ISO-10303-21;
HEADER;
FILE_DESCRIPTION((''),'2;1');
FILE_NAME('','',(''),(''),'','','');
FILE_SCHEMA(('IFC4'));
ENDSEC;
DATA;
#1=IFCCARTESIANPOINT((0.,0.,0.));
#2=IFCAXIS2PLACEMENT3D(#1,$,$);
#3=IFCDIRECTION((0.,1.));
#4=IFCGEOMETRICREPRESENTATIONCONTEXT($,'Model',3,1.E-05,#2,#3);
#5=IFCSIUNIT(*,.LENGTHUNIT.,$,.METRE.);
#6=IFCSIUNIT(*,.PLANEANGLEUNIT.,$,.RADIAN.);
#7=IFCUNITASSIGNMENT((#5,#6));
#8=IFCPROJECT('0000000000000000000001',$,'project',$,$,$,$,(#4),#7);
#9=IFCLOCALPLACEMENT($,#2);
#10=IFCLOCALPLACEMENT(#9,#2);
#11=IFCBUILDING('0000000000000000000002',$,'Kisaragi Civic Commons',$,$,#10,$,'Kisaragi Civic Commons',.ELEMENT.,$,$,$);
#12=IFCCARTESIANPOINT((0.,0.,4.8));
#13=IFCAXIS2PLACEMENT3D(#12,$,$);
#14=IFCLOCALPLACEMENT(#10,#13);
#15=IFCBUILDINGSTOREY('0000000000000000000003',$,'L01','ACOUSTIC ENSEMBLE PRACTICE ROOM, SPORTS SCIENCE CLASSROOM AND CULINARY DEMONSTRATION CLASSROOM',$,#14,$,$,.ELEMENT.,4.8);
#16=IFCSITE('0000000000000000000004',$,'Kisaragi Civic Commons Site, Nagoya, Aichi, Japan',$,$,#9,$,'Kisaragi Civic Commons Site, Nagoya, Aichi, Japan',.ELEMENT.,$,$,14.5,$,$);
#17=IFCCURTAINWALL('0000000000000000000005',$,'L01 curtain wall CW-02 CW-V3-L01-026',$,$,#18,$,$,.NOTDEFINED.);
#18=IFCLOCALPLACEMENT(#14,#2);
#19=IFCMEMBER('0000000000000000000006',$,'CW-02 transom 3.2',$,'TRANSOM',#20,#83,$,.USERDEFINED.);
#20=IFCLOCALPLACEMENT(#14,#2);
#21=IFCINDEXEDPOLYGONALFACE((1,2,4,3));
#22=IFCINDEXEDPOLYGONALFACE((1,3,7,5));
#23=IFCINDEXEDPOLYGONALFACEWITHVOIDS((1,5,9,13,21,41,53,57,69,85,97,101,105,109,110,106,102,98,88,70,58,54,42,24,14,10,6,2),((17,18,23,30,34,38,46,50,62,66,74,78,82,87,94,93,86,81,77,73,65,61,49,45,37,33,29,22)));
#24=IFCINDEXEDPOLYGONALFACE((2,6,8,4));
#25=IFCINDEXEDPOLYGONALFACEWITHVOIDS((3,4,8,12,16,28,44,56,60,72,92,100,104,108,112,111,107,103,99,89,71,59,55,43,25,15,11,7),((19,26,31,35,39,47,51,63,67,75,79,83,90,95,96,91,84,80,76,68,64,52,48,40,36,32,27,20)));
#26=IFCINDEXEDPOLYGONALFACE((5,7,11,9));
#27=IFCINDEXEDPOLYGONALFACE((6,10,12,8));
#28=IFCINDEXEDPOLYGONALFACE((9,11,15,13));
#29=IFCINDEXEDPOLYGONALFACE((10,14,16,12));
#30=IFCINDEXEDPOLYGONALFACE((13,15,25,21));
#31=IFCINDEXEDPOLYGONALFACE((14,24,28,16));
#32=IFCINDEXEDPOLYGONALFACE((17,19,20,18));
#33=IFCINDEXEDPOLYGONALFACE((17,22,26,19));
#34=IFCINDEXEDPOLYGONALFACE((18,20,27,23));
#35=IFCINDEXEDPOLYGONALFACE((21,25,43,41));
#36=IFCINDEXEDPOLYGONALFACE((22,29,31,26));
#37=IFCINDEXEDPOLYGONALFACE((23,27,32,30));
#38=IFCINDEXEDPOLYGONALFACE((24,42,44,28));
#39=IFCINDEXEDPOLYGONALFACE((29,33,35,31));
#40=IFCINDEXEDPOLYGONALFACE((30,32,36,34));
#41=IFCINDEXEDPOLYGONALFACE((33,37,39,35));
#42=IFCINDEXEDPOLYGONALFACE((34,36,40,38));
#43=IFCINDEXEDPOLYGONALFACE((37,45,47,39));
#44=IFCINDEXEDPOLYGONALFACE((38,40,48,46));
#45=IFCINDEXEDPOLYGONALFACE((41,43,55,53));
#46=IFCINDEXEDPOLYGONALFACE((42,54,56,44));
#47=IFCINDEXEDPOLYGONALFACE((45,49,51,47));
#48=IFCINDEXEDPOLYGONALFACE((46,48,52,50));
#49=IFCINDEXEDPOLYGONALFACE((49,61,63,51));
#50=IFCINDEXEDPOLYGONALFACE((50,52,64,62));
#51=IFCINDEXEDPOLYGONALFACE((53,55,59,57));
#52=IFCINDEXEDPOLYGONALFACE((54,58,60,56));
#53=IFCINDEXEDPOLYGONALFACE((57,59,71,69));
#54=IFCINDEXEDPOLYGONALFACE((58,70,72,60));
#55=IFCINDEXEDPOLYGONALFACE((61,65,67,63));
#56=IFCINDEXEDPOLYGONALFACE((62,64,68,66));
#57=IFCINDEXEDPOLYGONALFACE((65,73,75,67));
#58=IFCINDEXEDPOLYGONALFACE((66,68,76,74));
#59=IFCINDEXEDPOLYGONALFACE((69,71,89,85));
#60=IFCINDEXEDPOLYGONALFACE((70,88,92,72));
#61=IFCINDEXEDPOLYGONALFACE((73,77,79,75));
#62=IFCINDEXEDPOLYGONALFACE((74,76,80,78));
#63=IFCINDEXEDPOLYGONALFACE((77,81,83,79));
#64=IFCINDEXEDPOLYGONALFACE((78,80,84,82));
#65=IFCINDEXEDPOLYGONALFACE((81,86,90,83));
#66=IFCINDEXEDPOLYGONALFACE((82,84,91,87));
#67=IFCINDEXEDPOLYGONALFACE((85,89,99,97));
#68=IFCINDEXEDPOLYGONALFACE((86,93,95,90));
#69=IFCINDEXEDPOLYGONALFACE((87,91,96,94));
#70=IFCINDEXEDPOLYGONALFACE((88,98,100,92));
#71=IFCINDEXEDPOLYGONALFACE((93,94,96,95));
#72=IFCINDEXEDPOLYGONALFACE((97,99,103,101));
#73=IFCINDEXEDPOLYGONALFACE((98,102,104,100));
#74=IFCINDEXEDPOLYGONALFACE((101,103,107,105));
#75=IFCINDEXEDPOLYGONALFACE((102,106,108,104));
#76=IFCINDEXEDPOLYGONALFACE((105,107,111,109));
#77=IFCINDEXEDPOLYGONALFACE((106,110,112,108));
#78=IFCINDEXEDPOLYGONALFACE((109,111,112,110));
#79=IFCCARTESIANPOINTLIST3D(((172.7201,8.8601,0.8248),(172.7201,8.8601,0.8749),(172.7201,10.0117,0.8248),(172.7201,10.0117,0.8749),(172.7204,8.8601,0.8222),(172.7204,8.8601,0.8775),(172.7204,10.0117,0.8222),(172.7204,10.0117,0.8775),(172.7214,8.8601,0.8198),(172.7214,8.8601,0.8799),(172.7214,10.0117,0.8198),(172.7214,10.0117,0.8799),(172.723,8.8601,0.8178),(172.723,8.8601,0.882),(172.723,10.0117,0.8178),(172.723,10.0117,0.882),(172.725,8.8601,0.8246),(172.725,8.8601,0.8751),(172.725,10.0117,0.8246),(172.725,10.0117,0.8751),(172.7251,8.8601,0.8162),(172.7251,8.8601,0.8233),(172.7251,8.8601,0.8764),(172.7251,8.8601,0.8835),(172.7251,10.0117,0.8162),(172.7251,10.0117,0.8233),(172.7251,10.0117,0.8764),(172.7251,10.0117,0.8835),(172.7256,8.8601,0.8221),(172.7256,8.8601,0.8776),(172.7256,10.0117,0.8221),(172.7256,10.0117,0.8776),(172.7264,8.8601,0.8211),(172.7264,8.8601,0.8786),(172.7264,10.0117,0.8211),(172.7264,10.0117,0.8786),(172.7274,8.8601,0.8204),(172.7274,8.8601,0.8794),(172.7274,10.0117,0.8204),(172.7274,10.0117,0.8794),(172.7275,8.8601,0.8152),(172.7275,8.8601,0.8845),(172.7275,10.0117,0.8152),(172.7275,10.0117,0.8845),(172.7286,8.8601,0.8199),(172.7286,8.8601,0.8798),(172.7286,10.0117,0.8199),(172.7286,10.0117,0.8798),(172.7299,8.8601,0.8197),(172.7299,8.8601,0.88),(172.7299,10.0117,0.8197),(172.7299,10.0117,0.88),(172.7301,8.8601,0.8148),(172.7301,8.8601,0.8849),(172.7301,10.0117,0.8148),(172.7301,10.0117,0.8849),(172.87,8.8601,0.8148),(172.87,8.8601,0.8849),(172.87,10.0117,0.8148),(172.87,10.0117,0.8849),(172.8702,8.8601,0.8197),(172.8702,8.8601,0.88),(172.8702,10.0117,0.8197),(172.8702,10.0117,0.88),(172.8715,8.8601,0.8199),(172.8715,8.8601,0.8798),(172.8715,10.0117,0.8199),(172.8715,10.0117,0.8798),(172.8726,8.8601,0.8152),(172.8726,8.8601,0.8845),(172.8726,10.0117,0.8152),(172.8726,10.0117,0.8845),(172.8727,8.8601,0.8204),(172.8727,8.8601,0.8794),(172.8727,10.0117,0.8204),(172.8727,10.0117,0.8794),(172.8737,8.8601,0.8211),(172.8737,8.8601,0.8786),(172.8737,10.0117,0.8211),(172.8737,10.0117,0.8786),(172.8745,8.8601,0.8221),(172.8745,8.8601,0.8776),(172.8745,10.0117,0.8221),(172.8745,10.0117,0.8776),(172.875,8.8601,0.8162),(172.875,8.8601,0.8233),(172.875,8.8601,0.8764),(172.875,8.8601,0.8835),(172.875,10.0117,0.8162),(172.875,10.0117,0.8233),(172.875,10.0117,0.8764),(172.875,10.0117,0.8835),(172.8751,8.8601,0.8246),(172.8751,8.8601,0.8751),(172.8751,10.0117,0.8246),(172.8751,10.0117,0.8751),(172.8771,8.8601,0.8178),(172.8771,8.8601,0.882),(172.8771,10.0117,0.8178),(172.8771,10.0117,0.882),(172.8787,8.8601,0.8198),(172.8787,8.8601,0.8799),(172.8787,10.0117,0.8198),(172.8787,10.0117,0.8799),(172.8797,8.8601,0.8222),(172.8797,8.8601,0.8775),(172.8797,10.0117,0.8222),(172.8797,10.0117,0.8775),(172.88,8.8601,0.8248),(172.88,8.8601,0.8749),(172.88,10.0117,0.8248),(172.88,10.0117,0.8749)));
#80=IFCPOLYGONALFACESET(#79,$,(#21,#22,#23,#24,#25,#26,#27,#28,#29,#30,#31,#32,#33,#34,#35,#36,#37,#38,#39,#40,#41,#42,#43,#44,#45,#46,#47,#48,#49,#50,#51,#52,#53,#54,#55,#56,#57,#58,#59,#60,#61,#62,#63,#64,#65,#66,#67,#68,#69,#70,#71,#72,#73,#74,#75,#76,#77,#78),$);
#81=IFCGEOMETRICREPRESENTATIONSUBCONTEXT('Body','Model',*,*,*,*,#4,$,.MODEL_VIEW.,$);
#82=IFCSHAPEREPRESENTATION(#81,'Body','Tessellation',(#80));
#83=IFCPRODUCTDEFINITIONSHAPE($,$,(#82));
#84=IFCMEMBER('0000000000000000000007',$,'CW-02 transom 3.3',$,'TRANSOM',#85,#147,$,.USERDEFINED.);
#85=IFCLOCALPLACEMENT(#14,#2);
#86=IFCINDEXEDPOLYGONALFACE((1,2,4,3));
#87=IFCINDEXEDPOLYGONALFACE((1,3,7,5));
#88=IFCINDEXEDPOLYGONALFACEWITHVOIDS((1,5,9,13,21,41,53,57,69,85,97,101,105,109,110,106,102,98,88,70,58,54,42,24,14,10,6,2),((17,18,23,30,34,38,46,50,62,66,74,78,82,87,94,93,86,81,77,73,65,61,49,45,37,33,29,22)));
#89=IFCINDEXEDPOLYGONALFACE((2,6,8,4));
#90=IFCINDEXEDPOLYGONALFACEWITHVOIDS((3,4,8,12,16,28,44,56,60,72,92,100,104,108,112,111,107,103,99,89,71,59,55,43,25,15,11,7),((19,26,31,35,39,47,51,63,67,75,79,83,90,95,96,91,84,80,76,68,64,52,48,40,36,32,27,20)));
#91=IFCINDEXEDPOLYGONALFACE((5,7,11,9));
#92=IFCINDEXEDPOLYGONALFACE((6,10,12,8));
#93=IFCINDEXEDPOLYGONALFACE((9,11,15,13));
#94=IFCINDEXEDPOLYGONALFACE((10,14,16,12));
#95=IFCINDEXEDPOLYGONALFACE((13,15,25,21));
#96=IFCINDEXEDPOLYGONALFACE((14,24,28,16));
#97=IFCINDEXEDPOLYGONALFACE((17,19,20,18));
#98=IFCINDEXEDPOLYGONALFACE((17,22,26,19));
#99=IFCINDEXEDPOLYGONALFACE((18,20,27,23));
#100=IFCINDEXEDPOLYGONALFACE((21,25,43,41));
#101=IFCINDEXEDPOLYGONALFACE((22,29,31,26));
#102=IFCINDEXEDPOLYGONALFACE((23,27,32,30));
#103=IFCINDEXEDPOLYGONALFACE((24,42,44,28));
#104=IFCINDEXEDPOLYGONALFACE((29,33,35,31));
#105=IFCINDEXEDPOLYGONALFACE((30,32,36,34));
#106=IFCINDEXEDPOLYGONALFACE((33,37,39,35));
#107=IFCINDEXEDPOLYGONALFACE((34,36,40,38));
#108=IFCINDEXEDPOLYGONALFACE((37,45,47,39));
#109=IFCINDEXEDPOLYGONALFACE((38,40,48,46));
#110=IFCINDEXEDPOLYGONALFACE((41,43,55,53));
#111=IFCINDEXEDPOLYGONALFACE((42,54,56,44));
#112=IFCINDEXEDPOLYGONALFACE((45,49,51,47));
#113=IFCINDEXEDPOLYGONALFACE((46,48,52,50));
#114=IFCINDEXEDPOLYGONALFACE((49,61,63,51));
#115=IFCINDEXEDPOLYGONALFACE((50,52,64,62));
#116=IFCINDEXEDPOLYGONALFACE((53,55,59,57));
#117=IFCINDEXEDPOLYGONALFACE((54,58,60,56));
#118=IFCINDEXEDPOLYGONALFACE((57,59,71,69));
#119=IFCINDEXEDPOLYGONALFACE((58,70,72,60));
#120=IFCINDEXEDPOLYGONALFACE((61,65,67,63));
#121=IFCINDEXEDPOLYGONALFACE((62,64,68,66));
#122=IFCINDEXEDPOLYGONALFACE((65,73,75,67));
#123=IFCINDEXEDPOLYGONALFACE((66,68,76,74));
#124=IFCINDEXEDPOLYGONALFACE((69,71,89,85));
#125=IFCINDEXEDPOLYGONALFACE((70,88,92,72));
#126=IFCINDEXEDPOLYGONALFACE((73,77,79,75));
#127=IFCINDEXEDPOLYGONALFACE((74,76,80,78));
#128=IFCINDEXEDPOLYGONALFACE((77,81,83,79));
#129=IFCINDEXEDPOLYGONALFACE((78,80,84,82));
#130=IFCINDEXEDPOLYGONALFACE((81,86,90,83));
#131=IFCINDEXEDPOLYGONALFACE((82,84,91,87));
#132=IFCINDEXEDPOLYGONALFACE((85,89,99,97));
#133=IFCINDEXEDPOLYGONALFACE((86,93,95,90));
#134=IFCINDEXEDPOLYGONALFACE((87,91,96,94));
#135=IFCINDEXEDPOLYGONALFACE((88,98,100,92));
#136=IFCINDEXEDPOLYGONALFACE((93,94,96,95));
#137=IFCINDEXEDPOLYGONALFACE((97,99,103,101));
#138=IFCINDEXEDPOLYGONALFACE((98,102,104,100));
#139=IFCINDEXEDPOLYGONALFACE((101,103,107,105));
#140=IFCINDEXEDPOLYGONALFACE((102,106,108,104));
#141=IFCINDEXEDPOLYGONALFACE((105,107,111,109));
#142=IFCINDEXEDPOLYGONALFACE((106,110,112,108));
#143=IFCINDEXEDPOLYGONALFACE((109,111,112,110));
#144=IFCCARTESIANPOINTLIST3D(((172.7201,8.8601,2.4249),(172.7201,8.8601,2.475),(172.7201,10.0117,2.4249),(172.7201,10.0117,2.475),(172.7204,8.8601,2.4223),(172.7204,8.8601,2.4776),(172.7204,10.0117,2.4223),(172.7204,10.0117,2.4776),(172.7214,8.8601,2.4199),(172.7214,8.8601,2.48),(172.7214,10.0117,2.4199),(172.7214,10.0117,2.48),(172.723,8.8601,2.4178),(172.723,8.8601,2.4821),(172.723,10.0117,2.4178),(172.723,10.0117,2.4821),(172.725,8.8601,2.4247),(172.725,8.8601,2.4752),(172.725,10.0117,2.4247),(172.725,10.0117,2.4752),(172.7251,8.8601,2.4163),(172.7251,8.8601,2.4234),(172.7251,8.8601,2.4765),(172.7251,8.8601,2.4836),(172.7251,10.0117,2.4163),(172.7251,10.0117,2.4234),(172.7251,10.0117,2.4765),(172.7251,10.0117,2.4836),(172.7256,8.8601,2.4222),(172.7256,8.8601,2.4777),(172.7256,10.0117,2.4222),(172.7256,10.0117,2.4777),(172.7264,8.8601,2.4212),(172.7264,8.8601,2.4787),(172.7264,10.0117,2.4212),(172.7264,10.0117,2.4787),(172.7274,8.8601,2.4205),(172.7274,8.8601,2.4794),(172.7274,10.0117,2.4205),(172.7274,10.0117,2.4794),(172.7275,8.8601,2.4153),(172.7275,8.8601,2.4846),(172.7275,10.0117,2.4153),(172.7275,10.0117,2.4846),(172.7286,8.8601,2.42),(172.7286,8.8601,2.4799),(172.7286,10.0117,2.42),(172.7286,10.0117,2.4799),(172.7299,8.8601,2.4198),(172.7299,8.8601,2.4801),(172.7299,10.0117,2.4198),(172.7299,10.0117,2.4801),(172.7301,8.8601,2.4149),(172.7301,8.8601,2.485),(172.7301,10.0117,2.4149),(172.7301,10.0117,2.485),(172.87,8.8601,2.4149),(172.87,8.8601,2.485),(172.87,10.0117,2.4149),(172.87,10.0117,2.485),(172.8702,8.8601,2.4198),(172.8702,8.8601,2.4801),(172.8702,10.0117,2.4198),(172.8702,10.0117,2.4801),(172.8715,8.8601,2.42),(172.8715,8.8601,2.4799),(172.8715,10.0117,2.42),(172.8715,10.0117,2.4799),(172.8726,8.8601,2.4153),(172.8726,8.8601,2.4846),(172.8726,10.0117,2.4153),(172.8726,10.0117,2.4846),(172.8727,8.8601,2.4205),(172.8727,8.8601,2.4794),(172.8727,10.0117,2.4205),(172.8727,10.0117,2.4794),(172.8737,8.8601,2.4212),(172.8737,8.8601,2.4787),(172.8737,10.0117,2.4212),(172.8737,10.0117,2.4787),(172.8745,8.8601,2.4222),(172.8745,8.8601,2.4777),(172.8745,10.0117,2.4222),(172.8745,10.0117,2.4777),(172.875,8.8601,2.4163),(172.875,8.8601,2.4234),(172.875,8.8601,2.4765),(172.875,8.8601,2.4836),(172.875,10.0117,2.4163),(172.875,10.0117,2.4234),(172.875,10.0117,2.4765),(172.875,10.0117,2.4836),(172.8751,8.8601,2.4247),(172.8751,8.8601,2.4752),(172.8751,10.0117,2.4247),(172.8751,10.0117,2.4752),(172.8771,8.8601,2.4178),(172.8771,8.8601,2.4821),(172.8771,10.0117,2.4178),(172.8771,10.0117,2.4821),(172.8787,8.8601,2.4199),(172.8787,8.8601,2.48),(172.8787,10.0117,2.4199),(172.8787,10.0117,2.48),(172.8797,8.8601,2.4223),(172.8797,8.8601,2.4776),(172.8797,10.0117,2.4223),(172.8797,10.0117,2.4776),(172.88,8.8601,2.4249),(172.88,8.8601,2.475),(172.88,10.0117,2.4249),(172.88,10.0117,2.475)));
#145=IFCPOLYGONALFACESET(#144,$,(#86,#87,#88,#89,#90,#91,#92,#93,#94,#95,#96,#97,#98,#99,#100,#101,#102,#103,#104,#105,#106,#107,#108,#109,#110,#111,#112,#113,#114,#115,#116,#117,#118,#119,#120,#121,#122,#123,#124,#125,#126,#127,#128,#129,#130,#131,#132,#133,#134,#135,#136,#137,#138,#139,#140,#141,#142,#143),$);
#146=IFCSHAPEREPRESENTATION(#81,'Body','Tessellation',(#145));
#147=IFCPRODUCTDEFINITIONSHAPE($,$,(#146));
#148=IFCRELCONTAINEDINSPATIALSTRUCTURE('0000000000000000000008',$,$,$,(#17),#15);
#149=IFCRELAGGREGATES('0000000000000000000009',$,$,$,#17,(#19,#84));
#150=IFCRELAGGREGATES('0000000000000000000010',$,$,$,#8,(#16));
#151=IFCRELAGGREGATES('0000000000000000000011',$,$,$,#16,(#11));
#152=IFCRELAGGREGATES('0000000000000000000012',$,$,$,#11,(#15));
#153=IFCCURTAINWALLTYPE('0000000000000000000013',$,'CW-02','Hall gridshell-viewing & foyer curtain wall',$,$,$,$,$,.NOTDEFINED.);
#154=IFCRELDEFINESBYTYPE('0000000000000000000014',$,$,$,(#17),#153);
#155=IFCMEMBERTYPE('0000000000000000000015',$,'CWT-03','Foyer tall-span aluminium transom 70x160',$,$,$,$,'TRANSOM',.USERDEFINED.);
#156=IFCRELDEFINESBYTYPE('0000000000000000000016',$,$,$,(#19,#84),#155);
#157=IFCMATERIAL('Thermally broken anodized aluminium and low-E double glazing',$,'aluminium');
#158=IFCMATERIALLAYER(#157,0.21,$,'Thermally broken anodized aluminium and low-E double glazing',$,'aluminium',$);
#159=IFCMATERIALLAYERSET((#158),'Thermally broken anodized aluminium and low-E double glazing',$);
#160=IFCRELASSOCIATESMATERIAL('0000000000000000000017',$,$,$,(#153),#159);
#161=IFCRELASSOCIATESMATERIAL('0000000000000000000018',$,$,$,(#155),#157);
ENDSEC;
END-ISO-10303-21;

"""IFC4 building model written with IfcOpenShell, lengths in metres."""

from ifc_helpers import new_model, si_unit, direction, frame, origin, origin_2d, place, context, subcontext, project, spatial, hollow_rectangle, extrude, material, layer, layer_set, material_profile, profile_set, type_object, element, aggregate, save


model = new_model("IFC4")

# Units and contexts
model_context = context("Model", 3, precision=1e-05, world=origin(), true_north=direction((0.0, 1.0)))
body_context = subcontext(model_context, "Body", "Model", "MODEL_VIEW")
ifc_project = project(units=[si_unit("LENGTHUNIT", "METRE"), si_unit("PLANEANGLEUNIT", "RADIAN")], contexts=[model_context])

# Site, building, storey
site_placement = place(None, origin())
site = spatial("IfcSite", under=ifc_project, at=site_placement, Name="Kisaragi Civic Commons Site, Nagoya, Aichi, Japan", LongName="Kisaragi Civic Commons Site, Nagoya, Aichi, Japan", CompositionType="ELEMENT", RefElevation=14.5)
building_placement = place(site_placement, origin())
building = spatial("IfcBuilding", under=site, at=building_placement, Name="Kisaragi Civic Commons", LongName="Kisaragi Civic Commons", CompositionType="ELEMENT")
storey_placement = place(building_placement, frame((0.0, 0.0, 4.8)))
storey = spatial("IfcBuildingStorey", under=building, at=storey_placement, Name="L01", Description="ACOUSTIC ENSEMBLE PRACTICE ROOM, SPORTS SCIENCE CLASSROOM AND CULINARY DEMONSTRATION CLASSROOM", CompositionType="ELEMENT", Elevation=4.8)

# Curtain wall, members
ifc_material_1 = material(Name="Thermally broken anodized aluminium and low-E double glazing", Category="aluminium")
ifc_layer_1 = layer(ifc_material_1, 0.21, Name="Thermally broken anodized aluminium and low-E double glazing", Category="aluminium")
ifc_layer_set_1 = layer_set([ifc_layer_1], Name="Thermally broken anodized aluminium and low-E double glazing")
curtain_wall_type = type_object("IfcCurtainWallType", Name="CW-02", Description="Hall gridshell-viewing & foyer curtain wall", PredefinedType="NOTDEFINED", material=ifc_layer_set_1)
curtain_wall_placement = place(storey_placement, origin())
curtain_wall = element("IfcCurtainWall", 1, at=curtain_wall_placement, inside=storey, type_object=curtain_wall_type, Name="L01 curtain wall CW-02 CW-V3-L01-026", PredefinedType="NOTDEFINED")
ifc_material_profile_1 = material_profile(ifc_material_1, hollow_rectangle(XDim=0.1599, YDim=0.0701, WallThickness=0.0049, InnerFilletRadius=0.0049, OuterFilletRadius=0.01, at=origin_2d()), Name="CWT-70x160x5", Category="aluminium")
ifc_profile_set_1 = profile_set([ifc_material_profile_1], Name="Thermally broken anodized aluminium and low-E double glazing")
member_type_1 = type_object("IfcMemberType", Name="CWT-03", Description="Foyer tall-span aluminium transom 70x160", ElementType="TRANSOM", PredefinedType="USERDEFINED", material=ifc_profile_set_1)
member_1_placement = place(storey_placement, frame((172.8, 10.0117, 0.8499), z_axis=(0.0, -1.0, 0.0), x_axis=(1.0, 0.0, 0.0)))
member_1 = element("IfcMember", 2, at=member_1_placement, type_object=member_type_1, Name="CW-02 transom 3.2", ObjectType="TRANSOM", PredefinedType="USERDEFINED", context=body_context, shape_type="SweptSolid", body=[
    extrude(hollow_rectangle(XDim=0.1599, YDim=0.0701, WallThickness=0.0049, InnerFilletRadius=0.0049, OuterFilletRadius=0.01, at=origin_2d()), origin(), (0.0, 0.0, 1.0), 1.1516),
])
member_2_placement = place(storey_placement, frame((172.8, 10.0117, 2.45), z_axis=(0.0, -1.0, 0.0), x_axis=(1.0, 0.0, 0.0)))
member_2 = element("IfcMember", 3, at=member_2_placement, type_object=member_type_1, Name="CW-02 transom 3.3", ObjectType="TRANSOM", PredefinedType="USERDEFINED", context=body_context, shape_type="SweptSolid", body=[
    extrude(hollow_rectangle(XDim=0.1599, YDim=0.0701, WallThickness=0.0049, InnerFilletRadius=0.0049, OuterFilletRadius=0.01, at=origin_2d()), origin(), (0.0, 0.0, 1.0), 1.1516),
])

aggregate(curtain_wall, [member_1, member_2])

save(model, "model.ifc")
